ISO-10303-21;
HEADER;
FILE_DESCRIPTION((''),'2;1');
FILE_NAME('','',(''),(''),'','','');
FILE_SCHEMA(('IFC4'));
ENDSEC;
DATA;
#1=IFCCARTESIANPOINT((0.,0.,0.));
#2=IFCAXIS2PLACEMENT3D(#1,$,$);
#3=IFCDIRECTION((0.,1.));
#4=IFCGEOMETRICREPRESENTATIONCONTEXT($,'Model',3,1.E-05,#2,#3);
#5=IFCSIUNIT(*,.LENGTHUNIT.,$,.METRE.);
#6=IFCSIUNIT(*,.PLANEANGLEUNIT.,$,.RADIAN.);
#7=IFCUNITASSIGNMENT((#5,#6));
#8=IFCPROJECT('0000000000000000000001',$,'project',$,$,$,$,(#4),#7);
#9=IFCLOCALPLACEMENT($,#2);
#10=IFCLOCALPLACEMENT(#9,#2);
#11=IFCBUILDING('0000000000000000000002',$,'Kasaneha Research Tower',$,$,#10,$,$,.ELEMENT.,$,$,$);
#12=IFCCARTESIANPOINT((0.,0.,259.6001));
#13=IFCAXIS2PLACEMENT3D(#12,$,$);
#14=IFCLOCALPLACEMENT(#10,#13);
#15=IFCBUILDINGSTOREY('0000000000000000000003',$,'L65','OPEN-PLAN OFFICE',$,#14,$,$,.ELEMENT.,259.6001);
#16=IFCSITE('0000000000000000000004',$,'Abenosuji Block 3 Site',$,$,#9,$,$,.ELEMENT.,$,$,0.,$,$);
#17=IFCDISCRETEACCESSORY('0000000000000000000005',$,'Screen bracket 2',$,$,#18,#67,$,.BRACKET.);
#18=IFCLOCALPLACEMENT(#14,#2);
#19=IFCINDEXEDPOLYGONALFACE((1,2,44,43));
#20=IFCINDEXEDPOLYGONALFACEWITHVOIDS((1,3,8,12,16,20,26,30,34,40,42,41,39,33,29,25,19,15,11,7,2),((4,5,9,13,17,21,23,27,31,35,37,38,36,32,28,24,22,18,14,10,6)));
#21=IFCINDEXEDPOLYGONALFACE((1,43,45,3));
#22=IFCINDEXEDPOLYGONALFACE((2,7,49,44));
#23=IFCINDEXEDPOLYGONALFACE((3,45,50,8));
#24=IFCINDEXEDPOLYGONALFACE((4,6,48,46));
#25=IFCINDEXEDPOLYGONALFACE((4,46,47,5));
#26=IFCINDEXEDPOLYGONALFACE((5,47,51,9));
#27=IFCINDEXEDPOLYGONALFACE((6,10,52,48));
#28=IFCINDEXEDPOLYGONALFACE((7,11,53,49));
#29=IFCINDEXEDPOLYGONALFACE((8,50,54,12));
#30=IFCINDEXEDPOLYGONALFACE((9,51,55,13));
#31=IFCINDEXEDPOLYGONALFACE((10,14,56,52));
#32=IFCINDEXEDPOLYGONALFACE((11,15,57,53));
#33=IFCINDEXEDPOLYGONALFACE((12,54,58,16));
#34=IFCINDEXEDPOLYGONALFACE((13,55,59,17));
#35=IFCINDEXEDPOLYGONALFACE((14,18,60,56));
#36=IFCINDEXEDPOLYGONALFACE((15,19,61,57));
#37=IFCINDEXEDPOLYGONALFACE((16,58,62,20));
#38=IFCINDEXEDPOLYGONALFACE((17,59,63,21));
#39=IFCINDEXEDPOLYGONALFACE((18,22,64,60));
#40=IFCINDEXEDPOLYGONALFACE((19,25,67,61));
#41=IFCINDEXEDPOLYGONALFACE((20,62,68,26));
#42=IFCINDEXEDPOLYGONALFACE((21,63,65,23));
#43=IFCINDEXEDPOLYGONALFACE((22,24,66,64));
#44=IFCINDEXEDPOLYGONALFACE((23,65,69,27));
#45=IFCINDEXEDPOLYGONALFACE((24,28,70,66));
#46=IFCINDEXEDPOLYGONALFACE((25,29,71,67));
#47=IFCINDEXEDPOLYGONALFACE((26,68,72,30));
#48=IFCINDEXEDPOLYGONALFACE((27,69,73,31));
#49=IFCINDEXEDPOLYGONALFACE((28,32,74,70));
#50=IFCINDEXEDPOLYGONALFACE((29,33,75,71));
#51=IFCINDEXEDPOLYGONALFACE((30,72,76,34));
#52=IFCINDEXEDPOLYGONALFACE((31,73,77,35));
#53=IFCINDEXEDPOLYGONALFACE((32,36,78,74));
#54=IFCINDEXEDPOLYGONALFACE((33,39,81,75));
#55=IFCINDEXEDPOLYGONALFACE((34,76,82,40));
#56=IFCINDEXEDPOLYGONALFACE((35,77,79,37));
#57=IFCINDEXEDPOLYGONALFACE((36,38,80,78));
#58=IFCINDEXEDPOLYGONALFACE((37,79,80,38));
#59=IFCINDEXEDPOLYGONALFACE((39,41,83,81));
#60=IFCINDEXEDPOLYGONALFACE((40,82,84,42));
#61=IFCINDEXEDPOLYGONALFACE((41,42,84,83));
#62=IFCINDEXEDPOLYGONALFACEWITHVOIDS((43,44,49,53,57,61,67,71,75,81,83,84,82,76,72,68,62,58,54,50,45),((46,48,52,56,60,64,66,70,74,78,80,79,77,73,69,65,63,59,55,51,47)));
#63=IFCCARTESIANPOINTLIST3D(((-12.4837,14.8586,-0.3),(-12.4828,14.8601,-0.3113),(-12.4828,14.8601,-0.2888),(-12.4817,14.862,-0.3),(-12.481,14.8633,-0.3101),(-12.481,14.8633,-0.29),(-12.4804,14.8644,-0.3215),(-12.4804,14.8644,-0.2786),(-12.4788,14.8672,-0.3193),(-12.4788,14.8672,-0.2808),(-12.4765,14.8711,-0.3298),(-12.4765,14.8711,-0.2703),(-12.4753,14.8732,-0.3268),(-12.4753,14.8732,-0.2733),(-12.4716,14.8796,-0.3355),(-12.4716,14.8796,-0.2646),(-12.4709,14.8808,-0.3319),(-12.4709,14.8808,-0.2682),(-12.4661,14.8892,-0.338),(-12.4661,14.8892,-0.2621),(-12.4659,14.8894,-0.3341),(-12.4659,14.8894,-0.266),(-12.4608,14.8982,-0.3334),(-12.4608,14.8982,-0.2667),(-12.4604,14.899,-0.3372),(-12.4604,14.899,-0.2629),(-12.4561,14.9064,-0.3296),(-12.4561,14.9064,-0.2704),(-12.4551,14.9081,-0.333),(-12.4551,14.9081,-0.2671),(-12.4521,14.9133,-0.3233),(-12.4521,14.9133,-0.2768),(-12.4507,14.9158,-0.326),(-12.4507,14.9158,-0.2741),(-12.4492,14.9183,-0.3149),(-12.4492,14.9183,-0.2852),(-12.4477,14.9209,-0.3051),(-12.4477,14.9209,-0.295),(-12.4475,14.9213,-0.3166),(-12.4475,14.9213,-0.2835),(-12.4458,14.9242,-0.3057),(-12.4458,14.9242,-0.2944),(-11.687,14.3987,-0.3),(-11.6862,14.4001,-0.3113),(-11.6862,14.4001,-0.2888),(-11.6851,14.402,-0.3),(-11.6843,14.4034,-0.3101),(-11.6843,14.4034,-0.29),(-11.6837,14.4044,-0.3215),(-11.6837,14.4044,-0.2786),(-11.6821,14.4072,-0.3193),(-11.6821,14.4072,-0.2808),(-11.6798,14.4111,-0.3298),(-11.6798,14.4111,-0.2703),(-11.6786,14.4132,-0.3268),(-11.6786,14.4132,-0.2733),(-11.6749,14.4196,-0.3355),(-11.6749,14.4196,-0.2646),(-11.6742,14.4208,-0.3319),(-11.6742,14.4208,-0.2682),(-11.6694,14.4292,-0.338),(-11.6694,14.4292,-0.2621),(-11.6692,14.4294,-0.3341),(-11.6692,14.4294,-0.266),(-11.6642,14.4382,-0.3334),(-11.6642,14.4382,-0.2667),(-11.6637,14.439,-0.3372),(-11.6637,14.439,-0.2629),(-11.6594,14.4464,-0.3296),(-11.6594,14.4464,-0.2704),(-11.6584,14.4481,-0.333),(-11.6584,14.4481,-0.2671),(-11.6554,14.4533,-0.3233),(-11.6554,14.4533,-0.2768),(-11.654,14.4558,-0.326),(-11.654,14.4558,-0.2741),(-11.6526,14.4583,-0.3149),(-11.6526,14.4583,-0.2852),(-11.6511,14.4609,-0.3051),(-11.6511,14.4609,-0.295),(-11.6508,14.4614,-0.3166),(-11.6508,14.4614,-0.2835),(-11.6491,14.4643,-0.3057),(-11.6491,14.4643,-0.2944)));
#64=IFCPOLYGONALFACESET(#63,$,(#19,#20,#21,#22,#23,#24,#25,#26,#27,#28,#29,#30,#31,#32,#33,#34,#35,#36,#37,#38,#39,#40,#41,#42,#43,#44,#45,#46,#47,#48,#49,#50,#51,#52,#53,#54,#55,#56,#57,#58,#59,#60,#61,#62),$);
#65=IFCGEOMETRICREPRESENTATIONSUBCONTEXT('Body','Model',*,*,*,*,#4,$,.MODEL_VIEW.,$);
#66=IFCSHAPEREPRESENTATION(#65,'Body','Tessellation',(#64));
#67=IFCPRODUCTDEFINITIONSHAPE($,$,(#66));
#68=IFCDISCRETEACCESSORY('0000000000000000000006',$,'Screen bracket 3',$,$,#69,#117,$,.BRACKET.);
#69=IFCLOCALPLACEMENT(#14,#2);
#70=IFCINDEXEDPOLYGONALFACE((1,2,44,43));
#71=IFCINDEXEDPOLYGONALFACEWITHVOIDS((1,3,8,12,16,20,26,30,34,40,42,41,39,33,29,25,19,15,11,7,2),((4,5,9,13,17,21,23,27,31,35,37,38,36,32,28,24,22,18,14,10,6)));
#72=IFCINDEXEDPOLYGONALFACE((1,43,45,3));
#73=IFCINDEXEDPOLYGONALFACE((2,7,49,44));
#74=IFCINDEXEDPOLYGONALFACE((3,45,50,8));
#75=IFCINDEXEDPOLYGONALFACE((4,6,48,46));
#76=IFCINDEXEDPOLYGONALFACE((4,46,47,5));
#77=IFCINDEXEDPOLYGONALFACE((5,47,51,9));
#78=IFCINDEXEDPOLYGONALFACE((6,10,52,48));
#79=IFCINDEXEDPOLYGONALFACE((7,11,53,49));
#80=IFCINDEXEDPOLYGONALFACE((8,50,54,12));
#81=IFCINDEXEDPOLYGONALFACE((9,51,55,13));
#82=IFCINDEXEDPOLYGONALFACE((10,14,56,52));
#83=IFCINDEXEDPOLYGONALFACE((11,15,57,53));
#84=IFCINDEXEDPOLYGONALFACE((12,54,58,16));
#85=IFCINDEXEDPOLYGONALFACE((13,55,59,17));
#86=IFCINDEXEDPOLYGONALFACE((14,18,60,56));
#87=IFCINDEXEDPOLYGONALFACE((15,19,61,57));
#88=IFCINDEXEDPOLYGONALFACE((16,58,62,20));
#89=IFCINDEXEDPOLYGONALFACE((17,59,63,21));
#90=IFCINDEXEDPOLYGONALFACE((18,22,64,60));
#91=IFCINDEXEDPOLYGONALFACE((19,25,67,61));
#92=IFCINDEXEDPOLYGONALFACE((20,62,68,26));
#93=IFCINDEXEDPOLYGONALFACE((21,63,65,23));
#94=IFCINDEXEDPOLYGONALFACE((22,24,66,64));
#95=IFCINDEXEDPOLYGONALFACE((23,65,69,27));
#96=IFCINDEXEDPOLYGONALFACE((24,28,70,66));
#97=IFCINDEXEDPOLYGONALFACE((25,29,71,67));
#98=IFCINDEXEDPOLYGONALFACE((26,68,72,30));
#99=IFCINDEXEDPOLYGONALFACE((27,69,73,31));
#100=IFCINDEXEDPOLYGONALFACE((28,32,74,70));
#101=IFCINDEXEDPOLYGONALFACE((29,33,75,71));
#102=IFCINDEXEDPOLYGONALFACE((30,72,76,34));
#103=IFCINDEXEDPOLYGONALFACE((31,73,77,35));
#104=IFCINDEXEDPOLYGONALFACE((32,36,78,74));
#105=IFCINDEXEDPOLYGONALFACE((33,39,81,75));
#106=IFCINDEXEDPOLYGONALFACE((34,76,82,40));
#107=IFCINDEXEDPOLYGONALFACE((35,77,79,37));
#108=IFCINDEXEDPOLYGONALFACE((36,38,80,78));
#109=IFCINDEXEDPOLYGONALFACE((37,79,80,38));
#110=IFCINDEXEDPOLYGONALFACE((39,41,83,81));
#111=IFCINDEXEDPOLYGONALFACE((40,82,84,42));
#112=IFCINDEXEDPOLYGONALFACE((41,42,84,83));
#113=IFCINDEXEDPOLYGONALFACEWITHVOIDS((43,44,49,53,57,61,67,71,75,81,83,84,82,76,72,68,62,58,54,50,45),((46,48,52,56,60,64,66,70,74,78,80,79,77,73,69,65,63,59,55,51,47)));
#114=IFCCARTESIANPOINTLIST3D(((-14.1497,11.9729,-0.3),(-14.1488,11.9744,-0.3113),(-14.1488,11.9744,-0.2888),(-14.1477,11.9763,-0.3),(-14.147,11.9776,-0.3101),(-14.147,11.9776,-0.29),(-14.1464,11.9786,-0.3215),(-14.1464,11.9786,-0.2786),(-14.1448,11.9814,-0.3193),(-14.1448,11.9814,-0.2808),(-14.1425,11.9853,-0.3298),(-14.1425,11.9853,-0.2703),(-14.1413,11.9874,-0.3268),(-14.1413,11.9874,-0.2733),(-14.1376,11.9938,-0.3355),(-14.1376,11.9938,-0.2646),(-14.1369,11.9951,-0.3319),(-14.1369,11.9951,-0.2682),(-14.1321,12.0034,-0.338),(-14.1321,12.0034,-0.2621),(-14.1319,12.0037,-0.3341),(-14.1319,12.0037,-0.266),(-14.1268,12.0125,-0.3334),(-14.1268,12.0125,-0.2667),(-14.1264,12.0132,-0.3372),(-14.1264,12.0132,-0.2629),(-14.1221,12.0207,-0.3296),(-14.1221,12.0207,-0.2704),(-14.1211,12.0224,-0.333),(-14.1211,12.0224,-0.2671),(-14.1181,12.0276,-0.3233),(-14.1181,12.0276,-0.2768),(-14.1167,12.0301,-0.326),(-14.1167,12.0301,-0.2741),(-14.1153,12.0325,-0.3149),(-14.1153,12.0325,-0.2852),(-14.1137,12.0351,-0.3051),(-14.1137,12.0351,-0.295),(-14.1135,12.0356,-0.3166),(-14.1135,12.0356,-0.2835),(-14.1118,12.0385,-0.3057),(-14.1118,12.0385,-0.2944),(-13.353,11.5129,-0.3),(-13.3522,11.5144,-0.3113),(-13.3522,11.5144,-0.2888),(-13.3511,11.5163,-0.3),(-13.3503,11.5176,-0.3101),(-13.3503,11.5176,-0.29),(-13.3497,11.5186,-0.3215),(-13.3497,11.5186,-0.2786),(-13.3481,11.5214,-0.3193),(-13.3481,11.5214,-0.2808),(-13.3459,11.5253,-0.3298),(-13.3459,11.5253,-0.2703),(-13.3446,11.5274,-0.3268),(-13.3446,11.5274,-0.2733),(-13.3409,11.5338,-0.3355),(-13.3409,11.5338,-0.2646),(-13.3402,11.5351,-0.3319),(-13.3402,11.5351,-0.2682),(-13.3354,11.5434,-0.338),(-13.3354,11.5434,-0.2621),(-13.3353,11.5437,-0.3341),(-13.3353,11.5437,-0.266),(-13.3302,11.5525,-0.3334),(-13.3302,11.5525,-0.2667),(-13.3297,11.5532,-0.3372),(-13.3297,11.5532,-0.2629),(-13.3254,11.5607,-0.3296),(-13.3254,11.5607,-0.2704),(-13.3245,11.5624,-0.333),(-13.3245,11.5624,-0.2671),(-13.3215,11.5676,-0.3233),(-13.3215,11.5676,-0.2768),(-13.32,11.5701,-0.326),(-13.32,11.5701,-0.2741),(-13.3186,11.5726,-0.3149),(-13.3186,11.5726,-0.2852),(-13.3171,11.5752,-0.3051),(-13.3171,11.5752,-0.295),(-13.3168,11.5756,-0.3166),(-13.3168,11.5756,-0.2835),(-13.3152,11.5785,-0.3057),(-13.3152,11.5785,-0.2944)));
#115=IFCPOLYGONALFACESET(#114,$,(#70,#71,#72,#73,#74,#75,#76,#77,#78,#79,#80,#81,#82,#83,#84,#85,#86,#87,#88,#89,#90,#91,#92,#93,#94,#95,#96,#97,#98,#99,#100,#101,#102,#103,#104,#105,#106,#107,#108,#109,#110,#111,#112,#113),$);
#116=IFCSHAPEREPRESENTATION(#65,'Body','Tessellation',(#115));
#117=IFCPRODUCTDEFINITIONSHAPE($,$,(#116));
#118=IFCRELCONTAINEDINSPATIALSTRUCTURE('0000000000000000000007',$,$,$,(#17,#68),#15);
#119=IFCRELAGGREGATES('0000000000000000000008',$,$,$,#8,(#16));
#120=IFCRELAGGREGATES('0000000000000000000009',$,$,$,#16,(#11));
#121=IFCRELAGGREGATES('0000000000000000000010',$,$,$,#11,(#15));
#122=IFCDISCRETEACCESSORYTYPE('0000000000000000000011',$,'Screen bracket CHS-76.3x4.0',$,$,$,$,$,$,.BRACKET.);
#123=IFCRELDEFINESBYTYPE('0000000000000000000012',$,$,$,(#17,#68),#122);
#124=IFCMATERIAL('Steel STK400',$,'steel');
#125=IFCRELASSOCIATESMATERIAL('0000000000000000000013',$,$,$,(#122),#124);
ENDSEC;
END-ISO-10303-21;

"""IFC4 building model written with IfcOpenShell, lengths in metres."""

from ifc_helpers import new_model, si_unit, direction, frame, origin, origin_2d, place, context, subcontext, project, spatial, hollow_circle, extrude, material, material_profile, profile_set, type_object, element, save


model = new_model("IFC4")

# Units and contexts
model_context = context("Model", 3, precision=1e-05, world=origin(), true_north=direction((0.0, 1.0)))
body_context = subcontext(model_context, "Body", "Model", "MODEL_VIEW")
ifc_project = project(units=[si_unit("LENGTHUNIT", "METRE"), si_unit("PLANEANGLEUNIT", "RADIAN")], contexts=[model_context])

# Site, building, storey
site_placement = place(None, origin())
site = spatial("IfcSite", under=ifc_project, at=site_placement, Name="Abenosuji Block 3 Site", CompositionType="ELEMENT", RefElevation=0.0)
building_placement = place(site_placement, origin())
building = spatial("IfcBuilding", under=site, at=building_placement, Name="Kasaneha Research Tower", CompositionType="ELEMENT")
storey_placement = place(building_placement, frame((0.0, 0.0, 259.6001)))
storey = spatial("IfcBuildingStorey", under=building, at=storey_placement, Name="L65", Description="OPEN-PLAN OFFICE", CompositionType="ELEMENT", Elevation=259.6001)

# Discrete accessories
ifc_material_1 = material(Name="Steel STK400", Category="steel")
ifc_material_profile_1 = material_profile(ifc_material_1, hollow_circle(Radius=0.0381, WallThickness=0.0039, at=origin_2d()), Name="CHS-76.3x4.0")
ifc_profile_set_1 = profile_set([ifc_material_profile_1], Name="Steel STK400")
discrete_accessory_type = type_object("IfcDiscreteAccessoryType", Name="Screen bracket CHS-76.3x4.0", PredefinedType="BRACKET", material=ifc_profile_set_1)
for number, where, z_axis, x_axis, name in (
    (1, (-11.668, 14.4316, -0.3), (-0.866013, 0.500021, 0.0), (-0.500021, -0.866013, 0.0), "Screen bracket 2"),
    (2, (-13.334, 11.5459, -0.3), (-0.866013, 0.500021, 0.0), (-0.500021, -0.866013, 0.0), "Screen bracket 3"),
):
    element("IfcDiscreteAccessory", number, at=place(storey_placement, frame(where, z_axis=z_axis, x_axis=x_axis)), inside=storey, type_object=discrete_accessory_type, Name=name, PredefinedType="BRACKET", context=body_context, shape_type="SweptSolid", body=[
        extrude(hollow_circle(Radius=0.0381, WallThickness=0.0039, at=origin_2d()), origin(), (0.0, 0.0, 1.0), 0.9199),
    ])

save(model, "model.ifc")
